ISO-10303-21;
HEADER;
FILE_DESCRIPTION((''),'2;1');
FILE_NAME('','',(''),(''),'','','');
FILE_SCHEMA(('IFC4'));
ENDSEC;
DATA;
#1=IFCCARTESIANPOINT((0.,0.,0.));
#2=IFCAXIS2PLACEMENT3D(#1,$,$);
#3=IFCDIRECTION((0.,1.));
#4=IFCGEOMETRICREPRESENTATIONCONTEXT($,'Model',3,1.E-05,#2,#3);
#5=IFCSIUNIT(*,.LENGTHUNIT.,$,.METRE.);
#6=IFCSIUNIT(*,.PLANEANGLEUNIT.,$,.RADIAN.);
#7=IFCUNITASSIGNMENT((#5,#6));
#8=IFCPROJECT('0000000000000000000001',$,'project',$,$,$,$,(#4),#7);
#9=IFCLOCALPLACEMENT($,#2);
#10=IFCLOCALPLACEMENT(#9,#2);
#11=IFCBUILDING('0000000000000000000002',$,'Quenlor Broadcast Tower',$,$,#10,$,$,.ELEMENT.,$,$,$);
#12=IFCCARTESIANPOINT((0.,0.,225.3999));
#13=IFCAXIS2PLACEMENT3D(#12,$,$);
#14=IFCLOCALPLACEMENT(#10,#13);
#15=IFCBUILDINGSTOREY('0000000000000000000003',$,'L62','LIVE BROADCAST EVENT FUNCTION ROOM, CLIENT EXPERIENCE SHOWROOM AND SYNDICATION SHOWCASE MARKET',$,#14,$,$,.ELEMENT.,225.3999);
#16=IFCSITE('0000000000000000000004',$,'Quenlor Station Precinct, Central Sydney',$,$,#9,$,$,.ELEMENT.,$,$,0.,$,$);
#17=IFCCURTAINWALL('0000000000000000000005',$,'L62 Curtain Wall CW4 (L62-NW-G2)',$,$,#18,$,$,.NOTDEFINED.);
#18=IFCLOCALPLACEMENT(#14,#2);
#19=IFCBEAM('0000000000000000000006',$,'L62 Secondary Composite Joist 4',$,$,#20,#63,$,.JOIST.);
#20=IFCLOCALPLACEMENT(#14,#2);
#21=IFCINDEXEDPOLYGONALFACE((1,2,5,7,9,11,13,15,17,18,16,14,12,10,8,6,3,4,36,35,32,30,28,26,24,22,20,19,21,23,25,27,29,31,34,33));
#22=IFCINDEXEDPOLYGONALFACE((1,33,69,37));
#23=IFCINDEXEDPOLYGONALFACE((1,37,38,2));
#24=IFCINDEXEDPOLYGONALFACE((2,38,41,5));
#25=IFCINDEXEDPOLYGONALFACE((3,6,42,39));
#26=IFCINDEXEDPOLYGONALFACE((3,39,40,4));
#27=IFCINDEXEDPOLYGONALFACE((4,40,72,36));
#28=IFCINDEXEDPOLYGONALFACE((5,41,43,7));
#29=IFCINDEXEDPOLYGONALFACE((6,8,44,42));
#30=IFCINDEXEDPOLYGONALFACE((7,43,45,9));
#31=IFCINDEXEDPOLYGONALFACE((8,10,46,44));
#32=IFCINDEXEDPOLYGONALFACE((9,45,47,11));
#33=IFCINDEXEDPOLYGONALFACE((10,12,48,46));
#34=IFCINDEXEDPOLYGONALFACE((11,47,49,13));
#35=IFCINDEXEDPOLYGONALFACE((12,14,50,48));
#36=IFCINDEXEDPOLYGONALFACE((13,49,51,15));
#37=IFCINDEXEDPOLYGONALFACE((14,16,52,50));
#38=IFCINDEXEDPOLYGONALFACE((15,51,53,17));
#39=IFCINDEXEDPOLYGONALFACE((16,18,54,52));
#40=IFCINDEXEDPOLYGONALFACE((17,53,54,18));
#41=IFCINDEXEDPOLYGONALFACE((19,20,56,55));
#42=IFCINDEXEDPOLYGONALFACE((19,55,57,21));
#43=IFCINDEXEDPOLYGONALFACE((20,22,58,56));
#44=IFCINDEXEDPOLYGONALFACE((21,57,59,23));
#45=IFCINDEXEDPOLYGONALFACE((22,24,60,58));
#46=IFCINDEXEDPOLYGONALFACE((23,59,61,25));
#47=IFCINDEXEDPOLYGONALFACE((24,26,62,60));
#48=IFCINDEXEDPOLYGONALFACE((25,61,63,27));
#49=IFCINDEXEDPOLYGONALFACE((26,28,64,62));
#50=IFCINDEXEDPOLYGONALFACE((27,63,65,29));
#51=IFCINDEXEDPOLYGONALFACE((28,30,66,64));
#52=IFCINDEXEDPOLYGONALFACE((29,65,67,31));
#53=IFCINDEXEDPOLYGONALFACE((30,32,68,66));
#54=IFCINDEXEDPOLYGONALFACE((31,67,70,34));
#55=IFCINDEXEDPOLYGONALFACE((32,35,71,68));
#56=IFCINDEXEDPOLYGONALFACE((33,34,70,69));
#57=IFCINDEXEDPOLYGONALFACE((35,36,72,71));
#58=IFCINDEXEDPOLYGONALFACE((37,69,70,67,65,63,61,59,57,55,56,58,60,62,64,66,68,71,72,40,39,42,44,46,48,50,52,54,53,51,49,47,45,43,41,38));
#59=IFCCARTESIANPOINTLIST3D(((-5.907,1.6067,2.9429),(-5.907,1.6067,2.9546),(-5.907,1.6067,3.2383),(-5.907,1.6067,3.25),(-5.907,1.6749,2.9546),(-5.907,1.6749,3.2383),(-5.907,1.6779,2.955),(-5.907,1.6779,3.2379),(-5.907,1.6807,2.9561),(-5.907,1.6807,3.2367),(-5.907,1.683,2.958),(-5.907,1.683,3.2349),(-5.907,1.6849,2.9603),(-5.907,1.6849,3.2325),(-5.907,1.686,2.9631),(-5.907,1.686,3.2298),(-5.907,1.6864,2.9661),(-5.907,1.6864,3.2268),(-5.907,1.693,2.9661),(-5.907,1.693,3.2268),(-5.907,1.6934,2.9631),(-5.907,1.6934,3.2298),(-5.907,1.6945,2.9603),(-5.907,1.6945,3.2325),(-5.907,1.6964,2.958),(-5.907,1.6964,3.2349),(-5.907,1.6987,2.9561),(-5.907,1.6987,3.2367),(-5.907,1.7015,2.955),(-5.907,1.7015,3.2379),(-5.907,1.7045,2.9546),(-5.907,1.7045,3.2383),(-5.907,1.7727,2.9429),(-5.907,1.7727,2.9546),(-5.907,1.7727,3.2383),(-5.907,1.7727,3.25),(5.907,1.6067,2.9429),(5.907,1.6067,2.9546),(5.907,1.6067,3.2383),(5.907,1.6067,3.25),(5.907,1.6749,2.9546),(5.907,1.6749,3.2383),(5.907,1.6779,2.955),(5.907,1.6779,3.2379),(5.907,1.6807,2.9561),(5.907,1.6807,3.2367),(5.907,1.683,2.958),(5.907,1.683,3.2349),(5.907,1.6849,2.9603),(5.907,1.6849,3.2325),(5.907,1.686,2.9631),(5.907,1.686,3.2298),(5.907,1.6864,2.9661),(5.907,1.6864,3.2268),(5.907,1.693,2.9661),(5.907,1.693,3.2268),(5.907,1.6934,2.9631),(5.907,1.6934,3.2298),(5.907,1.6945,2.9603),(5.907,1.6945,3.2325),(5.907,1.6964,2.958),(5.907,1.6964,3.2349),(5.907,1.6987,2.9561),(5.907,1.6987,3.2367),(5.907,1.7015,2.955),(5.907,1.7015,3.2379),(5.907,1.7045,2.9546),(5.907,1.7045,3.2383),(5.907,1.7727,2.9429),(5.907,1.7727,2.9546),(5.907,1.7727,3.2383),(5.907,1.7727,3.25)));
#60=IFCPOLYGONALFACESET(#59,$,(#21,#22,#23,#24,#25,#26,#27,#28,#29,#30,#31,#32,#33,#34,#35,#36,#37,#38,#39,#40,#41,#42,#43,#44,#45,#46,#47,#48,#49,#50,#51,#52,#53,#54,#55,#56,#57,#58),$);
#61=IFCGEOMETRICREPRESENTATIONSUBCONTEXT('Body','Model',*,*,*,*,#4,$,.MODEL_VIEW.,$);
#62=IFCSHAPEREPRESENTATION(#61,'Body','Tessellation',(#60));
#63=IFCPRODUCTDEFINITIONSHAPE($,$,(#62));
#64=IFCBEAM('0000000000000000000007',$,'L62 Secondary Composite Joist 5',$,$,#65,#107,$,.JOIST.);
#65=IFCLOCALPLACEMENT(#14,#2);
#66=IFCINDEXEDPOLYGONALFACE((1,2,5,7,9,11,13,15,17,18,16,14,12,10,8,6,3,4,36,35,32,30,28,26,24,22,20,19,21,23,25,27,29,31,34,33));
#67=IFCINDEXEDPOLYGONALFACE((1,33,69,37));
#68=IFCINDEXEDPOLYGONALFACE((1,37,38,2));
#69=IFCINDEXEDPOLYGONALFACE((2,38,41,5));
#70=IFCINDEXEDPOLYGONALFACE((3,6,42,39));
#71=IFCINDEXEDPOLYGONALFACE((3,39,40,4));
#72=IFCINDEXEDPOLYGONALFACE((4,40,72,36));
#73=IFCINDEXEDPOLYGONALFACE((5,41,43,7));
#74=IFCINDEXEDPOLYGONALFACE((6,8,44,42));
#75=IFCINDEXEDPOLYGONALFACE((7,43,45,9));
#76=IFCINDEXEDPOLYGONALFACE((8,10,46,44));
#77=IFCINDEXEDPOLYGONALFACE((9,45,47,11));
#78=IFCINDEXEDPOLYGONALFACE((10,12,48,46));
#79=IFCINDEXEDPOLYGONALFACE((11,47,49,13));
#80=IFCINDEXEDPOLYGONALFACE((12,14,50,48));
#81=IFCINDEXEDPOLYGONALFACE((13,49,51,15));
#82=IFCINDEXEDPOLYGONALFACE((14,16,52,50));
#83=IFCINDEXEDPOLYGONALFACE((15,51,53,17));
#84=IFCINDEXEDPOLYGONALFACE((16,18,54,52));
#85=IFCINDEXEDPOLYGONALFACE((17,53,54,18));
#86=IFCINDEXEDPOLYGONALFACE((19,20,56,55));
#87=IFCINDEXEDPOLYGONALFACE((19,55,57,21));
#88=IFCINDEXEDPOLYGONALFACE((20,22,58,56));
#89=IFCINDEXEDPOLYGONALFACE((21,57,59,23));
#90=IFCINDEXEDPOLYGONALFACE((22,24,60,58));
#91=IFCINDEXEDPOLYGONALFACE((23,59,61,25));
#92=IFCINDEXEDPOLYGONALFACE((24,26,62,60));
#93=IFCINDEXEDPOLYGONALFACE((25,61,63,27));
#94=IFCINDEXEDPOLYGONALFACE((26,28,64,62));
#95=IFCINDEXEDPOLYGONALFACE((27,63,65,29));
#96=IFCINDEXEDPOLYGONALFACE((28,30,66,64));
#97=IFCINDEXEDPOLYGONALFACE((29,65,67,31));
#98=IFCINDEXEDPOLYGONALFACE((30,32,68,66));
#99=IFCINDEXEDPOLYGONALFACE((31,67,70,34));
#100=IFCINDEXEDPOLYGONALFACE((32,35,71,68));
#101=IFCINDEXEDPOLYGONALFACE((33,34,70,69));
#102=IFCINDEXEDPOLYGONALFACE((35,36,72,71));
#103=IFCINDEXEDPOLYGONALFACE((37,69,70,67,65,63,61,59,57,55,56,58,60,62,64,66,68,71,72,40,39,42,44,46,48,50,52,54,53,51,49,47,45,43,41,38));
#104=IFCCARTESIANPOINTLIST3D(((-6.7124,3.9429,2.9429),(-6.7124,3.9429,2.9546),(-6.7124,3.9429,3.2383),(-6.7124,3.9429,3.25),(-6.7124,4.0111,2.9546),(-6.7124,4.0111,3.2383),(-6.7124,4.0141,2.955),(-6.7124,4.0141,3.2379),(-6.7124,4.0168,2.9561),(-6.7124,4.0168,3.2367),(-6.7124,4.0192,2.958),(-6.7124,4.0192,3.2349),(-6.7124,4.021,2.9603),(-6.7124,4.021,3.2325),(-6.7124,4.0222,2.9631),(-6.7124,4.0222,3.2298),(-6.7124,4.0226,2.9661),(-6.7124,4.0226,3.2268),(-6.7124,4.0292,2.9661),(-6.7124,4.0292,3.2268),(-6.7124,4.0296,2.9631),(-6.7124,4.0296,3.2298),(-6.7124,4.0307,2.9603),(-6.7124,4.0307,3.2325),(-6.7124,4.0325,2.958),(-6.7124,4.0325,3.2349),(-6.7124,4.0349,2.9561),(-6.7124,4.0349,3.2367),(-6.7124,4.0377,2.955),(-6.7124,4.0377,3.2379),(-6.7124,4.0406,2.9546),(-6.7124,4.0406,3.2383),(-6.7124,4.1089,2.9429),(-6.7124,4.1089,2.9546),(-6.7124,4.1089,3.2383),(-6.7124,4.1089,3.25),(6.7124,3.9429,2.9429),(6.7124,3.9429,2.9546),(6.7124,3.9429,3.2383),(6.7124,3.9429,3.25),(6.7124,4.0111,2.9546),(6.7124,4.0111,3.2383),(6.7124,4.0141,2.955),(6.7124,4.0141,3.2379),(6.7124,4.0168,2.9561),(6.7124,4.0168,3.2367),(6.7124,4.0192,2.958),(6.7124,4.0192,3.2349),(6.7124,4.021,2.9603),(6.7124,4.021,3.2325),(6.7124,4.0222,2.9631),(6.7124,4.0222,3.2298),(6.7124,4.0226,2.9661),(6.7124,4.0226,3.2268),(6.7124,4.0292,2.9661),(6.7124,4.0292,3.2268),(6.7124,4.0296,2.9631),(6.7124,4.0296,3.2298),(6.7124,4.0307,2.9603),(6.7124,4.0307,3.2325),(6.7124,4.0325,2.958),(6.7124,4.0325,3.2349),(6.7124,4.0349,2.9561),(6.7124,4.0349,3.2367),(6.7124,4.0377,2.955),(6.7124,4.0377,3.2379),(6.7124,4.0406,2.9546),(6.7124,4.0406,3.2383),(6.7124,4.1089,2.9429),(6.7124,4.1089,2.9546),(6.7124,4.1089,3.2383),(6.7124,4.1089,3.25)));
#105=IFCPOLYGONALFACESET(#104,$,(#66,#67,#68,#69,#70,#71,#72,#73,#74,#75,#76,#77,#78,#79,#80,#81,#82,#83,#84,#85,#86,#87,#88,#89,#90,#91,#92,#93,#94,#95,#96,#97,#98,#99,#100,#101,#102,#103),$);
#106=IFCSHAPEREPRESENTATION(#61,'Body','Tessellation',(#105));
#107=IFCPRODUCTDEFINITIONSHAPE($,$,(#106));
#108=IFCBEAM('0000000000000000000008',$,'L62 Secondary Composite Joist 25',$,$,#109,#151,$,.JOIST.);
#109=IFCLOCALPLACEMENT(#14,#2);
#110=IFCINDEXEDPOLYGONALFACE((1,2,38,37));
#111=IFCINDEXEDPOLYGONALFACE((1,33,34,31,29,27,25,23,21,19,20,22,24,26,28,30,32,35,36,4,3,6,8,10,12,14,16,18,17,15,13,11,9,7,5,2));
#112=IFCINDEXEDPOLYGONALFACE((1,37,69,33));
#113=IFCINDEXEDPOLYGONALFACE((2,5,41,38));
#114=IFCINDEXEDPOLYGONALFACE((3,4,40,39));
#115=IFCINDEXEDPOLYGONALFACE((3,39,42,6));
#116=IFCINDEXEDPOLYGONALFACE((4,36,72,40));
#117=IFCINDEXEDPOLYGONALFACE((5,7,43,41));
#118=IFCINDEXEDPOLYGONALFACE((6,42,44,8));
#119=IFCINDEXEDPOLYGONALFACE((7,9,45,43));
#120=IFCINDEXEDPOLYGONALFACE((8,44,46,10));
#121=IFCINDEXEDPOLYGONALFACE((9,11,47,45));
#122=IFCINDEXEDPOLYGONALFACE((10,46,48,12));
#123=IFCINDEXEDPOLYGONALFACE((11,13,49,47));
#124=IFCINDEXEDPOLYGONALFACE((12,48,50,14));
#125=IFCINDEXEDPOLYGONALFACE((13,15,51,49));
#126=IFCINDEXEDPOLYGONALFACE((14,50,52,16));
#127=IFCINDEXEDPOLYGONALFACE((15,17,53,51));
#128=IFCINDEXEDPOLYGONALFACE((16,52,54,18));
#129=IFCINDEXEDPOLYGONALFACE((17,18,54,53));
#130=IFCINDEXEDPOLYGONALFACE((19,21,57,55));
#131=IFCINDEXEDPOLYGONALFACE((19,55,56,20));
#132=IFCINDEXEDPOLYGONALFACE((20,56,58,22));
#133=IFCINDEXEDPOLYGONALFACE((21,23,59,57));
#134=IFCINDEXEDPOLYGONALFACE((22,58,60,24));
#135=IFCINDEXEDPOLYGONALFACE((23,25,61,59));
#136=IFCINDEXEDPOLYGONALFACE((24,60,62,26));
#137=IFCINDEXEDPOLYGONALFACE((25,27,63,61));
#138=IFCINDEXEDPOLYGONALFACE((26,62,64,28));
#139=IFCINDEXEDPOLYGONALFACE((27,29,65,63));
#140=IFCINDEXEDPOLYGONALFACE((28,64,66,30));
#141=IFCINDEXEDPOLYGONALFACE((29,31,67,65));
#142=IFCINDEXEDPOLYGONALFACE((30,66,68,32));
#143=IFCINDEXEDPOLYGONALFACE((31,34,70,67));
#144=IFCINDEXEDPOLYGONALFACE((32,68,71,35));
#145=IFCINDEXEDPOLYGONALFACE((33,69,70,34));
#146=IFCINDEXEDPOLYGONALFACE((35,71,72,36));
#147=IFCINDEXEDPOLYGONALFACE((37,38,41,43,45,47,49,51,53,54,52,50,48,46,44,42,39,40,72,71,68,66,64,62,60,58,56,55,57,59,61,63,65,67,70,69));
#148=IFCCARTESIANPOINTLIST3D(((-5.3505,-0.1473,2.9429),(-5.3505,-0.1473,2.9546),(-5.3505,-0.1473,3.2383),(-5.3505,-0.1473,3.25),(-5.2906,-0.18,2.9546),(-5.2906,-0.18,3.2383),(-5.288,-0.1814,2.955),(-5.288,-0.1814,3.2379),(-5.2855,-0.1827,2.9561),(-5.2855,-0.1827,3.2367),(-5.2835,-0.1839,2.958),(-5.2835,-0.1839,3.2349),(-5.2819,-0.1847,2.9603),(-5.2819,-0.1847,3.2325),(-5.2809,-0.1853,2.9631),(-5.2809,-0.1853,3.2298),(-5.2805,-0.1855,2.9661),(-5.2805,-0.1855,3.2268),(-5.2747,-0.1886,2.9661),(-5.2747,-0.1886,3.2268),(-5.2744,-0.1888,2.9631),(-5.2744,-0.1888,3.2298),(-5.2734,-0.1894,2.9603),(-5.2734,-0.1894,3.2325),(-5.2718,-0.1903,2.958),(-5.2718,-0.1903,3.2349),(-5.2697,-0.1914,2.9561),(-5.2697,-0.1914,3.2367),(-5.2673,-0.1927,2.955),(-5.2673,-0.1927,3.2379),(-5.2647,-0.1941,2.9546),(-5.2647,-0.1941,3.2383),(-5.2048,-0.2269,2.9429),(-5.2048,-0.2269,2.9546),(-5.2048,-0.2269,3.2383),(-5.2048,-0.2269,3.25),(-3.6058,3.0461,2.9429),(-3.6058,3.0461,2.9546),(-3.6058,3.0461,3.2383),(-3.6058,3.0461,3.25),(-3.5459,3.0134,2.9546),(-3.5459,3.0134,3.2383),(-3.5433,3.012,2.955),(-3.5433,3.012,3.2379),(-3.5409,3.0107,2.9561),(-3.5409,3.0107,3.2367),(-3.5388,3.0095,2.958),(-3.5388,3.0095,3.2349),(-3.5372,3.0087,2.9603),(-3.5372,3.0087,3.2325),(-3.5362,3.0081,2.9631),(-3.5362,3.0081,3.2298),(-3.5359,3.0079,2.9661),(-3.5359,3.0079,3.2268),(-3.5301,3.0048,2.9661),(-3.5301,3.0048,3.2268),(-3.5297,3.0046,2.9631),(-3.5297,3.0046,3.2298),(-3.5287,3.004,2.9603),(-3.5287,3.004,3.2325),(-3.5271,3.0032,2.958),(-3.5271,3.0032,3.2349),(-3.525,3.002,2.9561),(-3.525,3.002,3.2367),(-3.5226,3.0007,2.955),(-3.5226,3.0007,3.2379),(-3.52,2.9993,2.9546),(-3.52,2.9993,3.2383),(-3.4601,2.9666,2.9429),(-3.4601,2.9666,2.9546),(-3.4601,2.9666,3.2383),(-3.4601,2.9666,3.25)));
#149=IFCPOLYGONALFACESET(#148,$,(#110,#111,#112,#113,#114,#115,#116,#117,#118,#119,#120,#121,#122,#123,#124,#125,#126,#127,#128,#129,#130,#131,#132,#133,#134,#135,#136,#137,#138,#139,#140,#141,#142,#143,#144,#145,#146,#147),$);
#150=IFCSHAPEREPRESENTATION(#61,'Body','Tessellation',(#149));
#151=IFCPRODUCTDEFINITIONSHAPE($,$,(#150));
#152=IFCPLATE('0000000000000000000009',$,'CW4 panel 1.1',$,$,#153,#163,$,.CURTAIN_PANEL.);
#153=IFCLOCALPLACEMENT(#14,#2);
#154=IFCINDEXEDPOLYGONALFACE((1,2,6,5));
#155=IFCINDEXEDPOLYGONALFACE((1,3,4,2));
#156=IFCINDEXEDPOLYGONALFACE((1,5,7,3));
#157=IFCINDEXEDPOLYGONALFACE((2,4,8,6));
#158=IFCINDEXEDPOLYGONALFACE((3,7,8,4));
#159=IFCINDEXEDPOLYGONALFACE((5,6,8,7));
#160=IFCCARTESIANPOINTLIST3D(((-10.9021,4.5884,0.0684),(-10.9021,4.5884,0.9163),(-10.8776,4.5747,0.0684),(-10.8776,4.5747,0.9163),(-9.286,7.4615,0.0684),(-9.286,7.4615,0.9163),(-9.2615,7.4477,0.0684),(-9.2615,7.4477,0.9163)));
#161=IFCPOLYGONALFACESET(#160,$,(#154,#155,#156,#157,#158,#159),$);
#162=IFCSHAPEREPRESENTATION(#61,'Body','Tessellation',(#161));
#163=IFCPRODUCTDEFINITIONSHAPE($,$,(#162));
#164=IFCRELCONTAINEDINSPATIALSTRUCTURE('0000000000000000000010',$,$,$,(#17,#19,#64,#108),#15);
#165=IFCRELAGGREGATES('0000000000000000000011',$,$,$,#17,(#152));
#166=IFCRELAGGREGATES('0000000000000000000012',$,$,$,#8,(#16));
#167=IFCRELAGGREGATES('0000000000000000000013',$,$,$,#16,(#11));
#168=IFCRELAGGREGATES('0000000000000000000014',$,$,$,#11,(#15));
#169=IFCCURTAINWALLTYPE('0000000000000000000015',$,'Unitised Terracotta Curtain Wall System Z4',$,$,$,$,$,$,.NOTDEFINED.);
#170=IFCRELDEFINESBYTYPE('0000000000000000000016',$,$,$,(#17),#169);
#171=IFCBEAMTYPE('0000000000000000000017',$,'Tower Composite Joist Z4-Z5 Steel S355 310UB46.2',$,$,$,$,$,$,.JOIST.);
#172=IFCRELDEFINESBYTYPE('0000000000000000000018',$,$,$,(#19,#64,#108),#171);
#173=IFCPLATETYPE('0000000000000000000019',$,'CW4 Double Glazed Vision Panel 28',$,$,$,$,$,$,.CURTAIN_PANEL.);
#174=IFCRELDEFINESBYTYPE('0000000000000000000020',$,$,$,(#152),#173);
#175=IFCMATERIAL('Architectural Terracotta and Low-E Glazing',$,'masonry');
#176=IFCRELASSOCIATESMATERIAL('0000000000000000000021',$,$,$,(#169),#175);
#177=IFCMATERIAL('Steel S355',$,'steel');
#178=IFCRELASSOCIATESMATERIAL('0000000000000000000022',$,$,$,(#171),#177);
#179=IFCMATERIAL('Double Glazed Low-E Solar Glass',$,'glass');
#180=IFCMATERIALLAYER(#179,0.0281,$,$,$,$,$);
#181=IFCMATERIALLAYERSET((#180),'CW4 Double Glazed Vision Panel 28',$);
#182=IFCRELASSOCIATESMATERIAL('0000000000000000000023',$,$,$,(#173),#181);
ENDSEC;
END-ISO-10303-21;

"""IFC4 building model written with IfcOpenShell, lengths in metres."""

from ifc_helpers import new_model, si_unit, direction, frame, origin, origin_2d, place, context, subcontext, project, spatial, rectangle, i_section, extrude, material, layer, layer_set, material_profile, profile_set, type_object, element, aggregate, save


model = new_model("IFC4")

# Units and contexts
model_context = context("Model", 3, precision=1e-05, world=origin(), true_north=direction((0.0, 1.0)))
body_context = subcontext(model_context, "Body", "Model", "MODEL_VIEW")
ifc_project = project(units=[si_unit("LENGTHUNIT", "METRE"), si_unit("PLANEANGLEUNIT", "RADIAN")], contexts=[model_context])

# Site, building, storey
site_placement = place(None, origin())
site = spatial("IfcSite", under=ifc_project, at=site_placement, Name="Quenlor Station Precinct, Central Sydney", CompositionType="ELEMENT", RefElevation=0.0)
building_placement = place(site_placement, origin())
building = spatial("IfcBuilding", under=site, at=building_placement, Name="Quenlor Broadcast Tower", CompositionType="ELEMENT")
storey_placement = place(building_placement, frame((0.0, 0.0, 225.3999)))
storey = spatial("IfcBuildingStorey", under=building, at=storey_placement, Name="L62", Description="LIVE BROADCAST EVENT FUNCTION ROOM, CLIENT EXPERIENCE SHOWROOM AND SYNDICATION SHOWCASE MARKET", CompositionType="ELEMENT", Elevation=225.3999)

# Curtain wall
ifc_material_1 = material(Name="Architectural Terracotta and Low-E Glazing", Category="masonry")
curtain_wall_type = type_object("IfcCurtainWallType", Name="Unitised Terracotta Curtain Wall System Z4", PredefinedType="NOTDEFINED", material=ifc_material_1)
curtain_wall_placement = place(storey_placement, origin())
curtain_wall = element("IfcCurtainWall", 1, at=curtain_wall_placement, inside=storey, type_object=curtain_wall_type, Name="L62 Curtain Wall CW4 (L62-NW-G2)", PredefinedType="NOTDEFINED")

# Beams
ifc_material_2 = material(Name="Steel S355", Category="steel")
ifc_material_profile_1 = material_profile(ifc_material_2, i_section(OverallWidth=0.166, OverallDepth=0.3071, WebThickness=0.0066, FlangeThickness=0.0117, FilletRadius=0.0115, at=origin_2d()))
ifc_profile_set_1 = profile_set([ifc_material_profile_1], Name="Steel S355 310UB46.2")
beam_type = type_object("IfcBeamType", Name="Tower Composite Joist Z4-Z5 Steel S355 310UB46.2", PredefinedType="JOIST", material=ifc_profile_set_1)
beam_1_placement = place(storey_placement, frame((-5.907, 1.6897, 3.0964), z_axis=(1.0, 0.0, 0.0), x_axis=(0.0, 1.0, 0.0)))
element("IfcBeam", 2, at=beam_1_placement, inside=storey, type_object=beam_type, Name="L62 Secondary Composite Joist 4", PredefinedType="JOIST", context=body_context, shape_type="SweptSolid", body=[
    extrude(i_section(OverallWidth=0.166, OverallDepth=0.3071, WebThickness=0.0066, FlangeThickness=0.0117, FilletRadius=0.0115, at=origin_2d()), origin(), (0.0, 0.0, 1.0), 11.814),
])
beam_2_placement = place(storey_placement, frame((-6.7124, 4.0259, 3.0964), z_axis=(1.0, 0.0, 0.0), x_axis=(0.0, 1.0, 0.0)))
element("IfcBeam", 3, at=beam_2_placement, inside=storey, type_object=beam_type, Name="L62 Secondary Composite Joist 5", PredefinedType="JOIST", context=body_context, shape_type="SweptSolid", body=[
    extrude(i_section(OverallWidth=0.166, OverallDepth=0.3071, WebThickness=0.0066, FlangeThickness=0.0117, FilletRadius=0.0115, at=origin_2d()), origin(), (0.0, 0.0, 1.0), 13.4248),
])
beam_3_placement = place(storey_placement, frame((-3.533, 3.0063, 3.0964), z_axis=(-0.479444, -0.877572, 0.0), x_axis=(0.877572, -0.479444, 0.0)))
element("IfcBeam", 4, at=beam_3_placement, inside=storey, type_object=beam_type, Name="L62 Secondary Composite Joist 25", PredefinedType="JOIST", context=body_context, shape_type="SweptSolid", body=[
    extrude(i_section(OverallWidth=0.166, OverallDepth=0.3071, WebThickness=0.0066, FlangeThickness=0.0117, FilletRadius=0.0115, at=origin_2d()), origin(), (0.0, 0.0, 1.0), 3.6389),
])

# Plate
ifc_material_3 = material(Name="Double Glazed Low-E Solar Glass", Category="glass")
ifc_layer_1 = layer(ifc_material_3, 0.0281)
ifc_layer_set_1 = layer_set([ifc_layer_1], Name="CW4 Double Glazed Vision Panel 28")
plate_type = type_object("IfcPlateType", Name="CW4 Double Glazed Vision Panel 28", PredefinedType="CURTAIN_PANEL", material=ifc_layer_set_1)
plate_placement = place(storey_placement, frame((-10.0818, 6.0181, 0.0684), z_axis=(0.0, 0.0, 1.0), x_axis=(0.490257, 0.871578, 0.0)))
plate = element("IfcPlate", 5, at=plate_placement, type_object=plate_type, Name="CW4 panel 1.1", PredefinedType="CURTAIN_PANEL", context=body_context, shape_type="SweptSolid", body=[
    extrude(rectangle(XDim=3.2964, YDim=0.0281, at=origin_2d()), origin(), (0.0, 0.0, 1.0), 0.8479),
])
aggregate(curtain_wall, [plate])

save(model, "model.ifc")
